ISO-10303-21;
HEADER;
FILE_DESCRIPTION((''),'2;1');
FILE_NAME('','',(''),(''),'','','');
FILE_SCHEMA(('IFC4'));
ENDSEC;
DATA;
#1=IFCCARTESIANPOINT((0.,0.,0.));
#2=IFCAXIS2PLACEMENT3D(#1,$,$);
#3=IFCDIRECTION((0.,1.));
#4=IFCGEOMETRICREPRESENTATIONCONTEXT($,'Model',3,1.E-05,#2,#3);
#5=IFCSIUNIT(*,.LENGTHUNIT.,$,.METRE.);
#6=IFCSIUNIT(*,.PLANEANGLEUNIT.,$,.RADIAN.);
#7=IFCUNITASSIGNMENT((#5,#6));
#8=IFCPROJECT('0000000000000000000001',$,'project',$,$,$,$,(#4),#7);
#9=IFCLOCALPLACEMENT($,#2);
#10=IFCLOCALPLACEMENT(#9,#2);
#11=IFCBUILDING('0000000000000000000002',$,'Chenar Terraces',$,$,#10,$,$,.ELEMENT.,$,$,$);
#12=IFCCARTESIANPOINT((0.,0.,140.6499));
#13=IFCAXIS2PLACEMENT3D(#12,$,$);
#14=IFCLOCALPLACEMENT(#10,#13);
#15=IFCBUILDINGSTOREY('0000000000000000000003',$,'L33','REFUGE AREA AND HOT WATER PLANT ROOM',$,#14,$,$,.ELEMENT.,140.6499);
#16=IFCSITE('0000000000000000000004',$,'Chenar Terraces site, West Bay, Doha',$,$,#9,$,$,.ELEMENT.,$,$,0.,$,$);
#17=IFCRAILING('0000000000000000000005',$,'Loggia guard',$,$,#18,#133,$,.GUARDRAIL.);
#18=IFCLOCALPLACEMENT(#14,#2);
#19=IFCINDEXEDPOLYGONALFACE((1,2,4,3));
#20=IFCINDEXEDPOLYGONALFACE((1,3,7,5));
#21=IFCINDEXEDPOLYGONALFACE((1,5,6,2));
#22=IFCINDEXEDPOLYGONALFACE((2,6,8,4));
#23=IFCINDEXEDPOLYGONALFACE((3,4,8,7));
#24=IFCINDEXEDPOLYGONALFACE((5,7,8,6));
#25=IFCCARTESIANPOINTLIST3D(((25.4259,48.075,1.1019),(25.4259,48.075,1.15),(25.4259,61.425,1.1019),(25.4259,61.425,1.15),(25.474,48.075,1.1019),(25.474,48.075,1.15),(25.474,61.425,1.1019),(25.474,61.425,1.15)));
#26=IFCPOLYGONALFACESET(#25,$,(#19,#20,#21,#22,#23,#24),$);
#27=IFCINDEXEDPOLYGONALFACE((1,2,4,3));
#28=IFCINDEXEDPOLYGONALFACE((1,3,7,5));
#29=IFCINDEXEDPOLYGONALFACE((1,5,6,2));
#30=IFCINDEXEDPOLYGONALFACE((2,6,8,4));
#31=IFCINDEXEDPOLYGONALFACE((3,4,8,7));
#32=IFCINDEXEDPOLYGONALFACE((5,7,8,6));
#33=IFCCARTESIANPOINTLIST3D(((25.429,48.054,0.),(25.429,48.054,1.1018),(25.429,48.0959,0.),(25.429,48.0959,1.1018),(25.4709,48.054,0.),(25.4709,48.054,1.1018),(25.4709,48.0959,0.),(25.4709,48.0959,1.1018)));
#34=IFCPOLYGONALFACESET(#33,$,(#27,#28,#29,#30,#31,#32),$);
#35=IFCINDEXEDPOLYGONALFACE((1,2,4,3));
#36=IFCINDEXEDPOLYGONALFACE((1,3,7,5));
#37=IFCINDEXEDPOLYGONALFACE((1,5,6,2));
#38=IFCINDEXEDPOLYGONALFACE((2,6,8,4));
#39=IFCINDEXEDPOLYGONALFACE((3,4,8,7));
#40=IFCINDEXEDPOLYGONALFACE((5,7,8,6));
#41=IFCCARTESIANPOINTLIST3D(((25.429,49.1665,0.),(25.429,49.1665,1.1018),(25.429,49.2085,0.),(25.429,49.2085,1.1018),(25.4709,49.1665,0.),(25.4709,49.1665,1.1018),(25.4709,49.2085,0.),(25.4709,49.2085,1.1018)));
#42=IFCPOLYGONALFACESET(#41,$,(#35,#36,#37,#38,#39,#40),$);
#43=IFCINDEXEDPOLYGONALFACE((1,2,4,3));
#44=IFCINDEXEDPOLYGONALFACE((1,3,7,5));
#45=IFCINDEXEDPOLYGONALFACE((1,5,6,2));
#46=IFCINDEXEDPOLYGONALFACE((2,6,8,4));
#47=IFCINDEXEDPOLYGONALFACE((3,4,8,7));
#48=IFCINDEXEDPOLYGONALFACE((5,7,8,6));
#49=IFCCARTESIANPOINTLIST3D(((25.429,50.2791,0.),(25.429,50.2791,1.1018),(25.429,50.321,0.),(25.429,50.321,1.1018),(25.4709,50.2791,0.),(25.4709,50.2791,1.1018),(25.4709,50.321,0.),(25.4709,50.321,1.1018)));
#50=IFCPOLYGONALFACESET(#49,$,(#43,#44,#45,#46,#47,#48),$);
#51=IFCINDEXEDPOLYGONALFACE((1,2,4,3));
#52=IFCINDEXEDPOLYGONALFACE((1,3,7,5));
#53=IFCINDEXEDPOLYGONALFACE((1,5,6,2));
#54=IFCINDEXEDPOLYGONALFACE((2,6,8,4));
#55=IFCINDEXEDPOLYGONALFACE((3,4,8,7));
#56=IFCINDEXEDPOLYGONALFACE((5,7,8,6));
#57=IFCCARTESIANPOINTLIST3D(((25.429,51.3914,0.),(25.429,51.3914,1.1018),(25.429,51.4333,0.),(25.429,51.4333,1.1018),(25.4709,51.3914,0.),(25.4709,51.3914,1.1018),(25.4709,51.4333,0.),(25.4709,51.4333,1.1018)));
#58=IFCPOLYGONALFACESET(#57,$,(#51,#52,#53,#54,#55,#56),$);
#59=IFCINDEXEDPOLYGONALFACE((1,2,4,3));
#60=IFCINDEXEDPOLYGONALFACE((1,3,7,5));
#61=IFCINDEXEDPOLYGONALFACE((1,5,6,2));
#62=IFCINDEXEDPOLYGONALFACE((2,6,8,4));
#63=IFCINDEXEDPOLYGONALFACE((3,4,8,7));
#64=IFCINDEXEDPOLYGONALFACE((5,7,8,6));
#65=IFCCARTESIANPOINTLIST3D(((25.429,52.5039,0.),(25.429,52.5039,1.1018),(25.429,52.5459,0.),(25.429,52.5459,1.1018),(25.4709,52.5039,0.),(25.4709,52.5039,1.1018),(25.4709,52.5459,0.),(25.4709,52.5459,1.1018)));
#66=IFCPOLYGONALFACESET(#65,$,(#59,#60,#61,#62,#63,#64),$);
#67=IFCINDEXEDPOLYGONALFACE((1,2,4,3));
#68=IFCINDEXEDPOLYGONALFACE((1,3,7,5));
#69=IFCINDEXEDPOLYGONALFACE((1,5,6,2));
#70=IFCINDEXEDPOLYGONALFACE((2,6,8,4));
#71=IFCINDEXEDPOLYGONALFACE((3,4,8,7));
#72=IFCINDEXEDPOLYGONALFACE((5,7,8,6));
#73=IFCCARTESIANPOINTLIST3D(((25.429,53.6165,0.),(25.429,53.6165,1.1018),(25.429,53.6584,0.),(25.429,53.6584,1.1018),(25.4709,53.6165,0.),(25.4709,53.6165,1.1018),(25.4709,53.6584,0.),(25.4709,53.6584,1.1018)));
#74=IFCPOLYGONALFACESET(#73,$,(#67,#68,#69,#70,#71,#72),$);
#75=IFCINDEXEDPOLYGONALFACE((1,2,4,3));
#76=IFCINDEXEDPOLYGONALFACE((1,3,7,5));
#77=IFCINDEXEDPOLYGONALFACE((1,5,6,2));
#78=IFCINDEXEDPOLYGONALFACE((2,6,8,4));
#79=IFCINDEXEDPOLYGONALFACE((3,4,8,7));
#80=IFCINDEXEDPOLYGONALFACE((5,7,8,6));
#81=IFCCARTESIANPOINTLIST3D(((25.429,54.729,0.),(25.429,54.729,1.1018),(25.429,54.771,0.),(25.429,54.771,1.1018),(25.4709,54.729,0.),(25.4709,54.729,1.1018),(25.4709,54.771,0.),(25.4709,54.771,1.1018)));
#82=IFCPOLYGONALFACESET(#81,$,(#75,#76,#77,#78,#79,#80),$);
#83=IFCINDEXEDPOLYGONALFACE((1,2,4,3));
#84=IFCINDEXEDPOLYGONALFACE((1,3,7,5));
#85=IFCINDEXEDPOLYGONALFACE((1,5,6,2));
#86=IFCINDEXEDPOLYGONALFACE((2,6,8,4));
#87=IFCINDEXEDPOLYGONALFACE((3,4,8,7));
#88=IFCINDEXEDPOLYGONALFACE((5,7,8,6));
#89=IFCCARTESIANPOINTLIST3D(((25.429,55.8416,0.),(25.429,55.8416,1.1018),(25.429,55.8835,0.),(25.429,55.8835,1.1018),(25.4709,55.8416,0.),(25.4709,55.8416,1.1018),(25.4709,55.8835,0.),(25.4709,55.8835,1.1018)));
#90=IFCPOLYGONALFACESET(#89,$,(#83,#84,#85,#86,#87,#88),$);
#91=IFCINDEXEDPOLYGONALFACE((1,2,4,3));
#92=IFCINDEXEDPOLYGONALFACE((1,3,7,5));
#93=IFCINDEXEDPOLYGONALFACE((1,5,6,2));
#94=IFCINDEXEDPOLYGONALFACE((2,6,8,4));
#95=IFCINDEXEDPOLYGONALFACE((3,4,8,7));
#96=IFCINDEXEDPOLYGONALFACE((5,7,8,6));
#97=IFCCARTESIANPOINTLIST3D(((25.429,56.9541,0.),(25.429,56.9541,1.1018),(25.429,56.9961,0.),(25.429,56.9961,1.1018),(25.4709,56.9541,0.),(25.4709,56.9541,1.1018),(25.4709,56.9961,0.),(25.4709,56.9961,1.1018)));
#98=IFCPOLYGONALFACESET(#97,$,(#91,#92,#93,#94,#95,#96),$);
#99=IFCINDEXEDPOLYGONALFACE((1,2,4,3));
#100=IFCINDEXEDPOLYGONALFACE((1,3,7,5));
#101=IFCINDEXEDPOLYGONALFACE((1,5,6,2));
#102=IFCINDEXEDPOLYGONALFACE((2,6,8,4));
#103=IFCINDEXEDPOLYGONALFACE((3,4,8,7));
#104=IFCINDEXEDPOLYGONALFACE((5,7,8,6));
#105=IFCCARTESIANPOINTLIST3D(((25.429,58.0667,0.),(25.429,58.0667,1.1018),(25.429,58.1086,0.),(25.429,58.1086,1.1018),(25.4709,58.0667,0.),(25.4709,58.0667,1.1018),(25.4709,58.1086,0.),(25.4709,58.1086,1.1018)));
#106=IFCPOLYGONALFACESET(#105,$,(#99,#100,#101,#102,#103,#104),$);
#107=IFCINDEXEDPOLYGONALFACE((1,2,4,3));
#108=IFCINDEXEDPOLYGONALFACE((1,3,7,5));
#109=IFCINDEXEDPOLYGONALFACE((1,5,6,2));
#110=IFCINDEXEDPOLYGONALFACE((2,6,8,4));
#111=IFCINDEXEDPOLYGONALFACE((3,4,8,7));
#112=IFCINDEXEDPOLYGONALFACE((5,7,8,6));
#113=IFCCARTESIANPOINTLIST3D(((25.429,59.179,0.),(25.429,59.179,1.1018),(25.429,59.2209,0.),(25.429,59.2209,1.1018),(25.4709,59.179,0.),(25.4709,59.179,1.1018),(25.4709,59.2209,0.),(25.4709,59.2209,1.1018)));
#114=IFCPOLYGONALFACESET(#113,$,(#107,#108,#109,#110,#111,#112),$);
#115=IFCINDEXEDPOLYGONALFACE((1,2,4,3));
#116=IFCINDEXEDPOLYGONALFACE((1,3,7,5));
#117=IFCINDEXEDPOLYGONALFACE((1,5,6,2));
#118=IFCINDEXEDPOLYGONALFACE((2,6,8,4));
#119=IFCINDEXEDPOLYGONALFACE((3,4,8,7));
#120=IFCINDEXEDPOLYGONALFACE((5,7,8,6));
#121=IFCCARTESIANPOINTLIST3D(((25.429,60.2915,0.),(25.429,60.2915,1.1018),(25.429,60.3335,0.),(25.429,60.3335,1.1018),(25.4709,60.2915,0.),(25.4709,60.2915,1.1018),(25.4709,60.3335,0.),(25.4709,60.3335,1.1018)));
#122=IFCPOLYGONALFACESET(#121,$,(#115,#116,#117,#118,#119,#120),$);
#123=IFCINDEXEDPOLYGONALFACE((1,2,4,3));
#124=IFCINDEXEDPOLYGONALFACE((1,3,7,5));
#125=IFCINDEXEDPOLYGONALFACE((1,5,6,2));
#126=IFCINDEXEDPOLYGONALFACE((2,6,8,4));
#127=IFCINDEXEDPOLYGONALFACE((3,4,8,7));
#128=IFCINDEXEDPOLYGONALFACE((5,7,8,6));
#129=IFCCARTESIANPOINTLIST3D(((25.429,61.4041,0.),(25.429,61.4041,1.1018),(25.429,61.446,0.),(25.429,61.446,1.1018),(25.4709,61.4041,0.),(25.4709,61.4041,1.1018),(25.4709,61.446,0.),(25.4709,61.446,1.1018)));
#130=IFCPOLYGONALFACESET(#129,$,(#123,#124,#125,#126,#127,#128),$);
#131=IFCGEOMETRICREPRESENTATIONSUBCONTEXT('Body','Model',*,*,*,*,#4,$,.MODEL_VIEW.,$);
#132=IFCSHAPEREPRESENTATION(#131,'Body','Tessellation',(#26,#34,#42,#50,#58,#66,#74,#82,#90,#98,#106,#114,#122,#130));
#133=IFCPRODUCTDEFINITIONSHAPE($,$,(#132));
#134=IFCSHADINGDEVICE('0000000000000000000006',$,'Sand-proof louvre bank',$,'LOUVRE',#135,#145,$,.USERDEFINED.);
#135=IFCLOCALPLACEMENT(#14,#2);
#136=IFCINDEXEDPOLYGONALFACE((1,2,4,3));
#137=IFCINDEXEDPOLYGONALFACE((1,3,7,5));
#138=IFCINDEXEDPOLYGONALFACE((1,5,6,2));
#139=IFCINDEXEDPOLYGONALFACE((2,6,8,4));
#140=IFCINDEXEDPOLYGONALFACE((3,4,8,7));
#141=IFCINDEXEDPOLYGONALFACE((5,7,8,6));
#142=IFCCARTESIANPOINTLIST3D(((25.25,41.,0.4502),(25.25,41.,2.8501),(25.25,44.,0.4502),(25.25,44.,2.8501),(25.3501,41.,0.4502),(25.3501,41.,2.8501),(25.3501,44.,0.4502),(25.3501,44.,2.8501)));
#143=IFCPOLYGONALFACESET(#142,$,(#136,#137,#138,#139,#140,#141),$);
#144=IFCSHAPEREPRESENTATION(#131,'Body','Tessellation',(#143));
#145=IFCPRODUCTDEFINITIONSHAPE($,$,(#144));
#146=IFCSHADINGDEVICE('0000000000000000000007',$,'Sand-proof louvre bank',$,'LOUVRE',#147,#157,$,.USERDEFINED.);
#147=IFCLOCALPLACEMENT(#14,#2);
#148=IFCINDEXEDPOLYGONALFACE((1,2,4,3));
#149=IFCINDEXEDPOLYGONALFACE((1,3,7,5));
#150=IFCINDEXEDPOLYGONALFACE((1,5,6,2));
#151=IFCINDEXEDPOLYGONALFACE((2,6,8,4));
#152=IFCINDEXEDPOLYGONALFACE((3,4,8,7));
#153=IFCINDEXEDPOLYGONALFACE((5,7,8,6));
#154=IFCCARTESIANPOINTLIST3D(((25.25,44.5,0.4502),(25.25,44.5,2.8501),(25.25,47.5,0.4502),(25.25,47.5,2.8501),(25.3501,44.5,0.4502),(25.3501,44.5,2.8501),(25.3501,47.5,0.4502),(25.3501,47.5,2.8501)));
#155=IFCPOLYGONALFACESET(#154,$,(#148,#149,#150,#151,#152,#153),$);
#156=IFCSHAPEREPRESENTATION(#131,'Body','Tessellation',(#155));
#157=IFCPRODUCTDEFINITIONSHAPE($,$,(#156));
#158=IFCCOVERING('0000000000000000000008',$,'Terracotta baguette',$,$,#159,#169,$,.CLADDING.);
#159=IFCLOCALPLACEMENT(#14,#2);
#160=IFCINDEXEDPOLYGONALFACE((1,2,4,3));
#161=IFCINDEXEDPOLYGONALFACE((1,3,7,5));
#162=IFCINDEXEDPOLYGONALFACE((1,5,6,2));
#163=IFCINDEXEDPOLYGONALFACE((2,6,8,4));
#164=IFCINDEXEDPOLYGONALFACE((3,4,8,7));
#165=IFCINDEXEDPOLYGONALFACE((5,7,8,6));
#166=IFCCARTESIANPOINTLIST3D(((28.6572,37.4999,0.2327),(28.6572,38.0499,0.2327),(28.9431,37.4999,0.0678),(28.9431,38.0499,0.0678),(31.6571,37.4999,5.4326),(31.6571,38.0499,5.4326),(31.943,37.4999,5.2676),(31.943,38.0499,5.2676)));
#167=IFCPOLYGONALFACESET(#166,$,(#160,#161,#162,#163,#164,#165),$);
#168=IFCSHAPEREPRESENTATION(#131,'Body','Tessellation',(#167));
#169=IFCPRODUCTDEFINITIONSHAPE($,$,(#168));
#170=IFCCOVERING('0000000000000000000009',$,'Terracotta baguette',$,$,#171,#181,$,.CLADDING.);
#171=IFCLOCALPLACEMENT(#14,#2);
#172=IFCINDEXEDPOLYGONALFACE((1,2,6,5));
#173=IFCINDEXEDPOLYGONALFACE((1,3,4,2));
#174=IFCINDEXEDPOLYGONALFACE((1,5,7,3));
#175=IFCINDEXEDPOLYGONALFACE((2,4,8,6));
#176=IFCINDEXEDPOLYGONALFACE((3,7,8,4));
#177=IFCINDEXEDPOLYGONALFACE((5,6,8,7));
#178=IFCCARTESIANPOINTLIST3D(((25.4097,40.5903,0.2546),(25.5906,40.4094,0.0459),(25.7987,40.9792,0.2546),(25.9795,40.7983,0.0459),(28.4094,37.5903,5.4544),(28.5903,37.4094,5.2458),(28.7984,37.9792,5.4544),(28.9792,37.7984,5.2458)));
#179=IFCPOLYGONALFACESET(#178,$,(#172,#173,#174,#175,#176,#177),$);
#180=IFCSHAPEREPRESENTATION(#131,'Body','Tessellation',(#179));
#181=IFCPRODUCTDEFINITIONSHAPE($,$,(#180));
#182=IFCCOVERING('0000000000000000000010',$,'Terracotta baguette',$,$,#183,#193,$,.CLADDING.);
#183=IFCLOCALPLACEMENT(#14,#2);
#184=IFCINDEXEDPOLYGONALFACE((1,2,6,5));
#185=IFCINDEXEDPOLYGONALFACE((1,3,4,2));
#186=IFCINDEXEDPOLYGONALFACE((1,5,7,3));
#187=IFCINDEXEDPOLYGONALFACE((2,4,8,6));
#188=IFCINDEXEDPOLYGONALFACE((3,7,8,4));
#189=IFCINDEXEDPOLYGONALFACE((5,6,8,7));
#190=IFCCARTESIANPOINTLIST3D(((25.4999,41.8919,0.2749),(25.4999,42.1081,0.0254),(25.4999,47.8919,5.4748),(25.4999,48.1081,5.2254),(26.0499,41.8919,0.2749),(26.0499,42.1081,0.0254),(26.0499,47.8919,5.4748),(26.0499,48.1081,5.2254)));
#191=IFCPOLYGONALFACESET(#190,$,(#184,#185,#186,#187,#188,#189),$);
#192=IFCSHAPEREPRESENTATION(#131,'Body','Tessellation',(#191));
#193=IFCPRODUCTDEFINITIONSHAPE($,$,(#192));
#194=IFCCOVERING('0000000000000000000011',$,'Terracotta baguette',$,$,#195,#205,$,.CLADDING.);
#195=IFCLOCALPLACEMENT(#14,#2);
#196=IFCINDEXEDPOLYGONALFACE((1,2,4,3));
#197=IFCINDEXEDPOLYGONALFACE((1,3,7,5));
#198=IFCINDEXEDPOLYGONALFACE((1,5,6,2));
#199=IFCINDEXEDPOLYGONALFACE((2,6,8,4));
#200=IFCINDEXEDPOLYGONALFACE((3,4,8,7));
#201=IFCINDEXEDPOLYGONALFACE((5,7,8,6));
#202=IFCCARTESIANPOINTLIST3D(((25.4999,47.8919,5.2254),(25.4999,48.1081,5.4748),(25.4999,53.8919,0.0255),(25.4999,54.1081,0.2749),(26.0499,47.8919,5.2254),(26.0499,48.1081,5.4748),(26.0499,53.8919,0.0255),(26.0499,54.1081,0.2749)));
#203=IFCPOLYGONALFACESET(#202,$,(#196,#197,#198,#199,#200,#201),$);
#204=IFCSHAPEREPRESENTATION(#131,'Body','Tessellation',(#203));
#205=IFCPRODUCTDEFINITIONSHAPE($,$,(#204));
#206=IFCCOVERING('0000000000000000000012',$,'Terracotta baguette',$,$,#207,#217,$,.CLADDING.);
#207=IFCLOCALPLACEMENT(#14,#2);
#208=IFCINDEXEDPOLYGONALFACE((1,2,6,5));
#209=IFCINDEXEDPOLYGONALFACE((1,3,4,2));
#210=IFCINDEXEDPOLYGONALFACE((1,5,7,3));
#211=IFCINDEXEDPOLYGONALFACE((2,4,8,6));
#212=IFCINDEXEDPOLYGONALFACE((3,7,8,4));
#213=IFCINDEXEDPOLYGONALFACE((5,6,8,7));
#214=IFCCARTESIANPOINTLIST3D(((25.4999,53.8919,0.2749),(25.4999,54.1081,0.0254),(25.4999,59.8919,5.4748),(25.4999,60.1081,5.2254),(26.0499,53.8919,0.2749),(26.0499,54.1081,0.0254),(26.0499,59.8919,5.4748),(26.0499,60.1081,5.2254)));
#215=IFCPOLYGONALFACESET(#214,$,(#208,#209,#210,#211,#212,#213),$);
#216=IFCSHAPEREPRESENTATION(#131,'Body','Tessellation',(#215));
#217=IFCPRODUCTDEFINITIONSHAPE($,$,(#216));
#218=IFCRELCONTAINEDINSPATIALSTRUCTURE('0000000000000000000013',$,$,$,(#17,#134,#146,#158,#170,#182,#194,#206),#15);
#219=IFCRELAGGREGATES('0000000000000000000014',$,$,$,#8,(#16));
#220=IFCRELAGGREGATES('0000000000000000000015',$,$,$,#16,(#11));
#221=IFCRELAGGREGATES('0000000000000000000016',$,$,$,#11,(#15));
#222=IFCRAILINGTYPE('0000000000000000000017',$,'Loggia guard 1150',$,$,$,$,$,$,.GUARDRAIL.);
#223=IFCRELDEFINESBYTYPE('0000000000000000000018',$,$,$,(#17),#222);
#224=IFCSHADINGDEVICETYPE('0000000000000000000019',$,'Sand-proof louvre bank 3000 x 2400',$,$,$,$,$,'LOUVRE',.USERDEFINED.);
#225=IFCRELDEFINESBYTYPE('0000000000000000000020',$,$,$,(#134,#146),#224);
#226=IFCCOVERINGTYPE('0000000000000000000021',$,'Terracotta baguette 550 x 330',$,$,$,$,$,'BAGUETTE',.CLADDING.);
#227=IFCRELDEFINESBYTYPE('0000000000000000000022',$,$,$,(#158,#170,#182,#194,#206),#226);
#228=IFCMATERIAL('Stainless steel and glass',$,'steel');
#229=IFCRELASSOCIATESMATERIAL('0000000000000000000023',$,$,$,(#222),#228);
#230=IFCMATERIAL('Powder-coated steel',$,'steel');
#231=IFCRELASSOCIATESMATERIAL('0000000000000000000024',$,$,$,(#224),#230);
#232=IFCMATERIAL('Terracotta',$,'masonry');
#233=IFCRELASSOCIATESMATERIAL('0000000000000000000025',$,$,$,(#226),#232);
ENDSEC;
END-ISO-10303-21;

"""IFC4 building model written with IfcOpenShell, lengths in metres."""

from ifc_helpers import new_model, si_unit, direction, frame, origin, origin_2d, place, context, subcontext, project, spatial, rectangle, extrude, material, material_profile, profile_set, type_object, element, save


model = new_model("IFC4")

# Units and contexts
model_context = context("Model", 3, precision=1e-05, world=origin(), true_north=direction((0.0, 1.0)))
body_context = subcontext(model_context, "Body", "Model", "MODEL_VIEW")
ifc_project = project(units=[si_unit("LENGTHUNIT", "METRE"), si_unit("PLANEANGLEUNIT", "RADIAN")], contexts=[model_context])

# Site, building, storey
site_placement = place(None, origin())
site = spatial("IfcSite", under=ifc_project, at=site_placement, Name="Chenar Terraces site, West Bay, Doha", CompositionType="ELEMENT", RefElevation=0.0)
building_placement = place(site_placement, origin())
building = spatial("IfcBuilding", under=site, at=building_placement, Name="Chenar Terraces", CompositionType="ELEMENT")
storey_placement = place(building_placement, frame((0.0, 0.0, 140.6499)))
storey = spatial("IfcBuildingStorey", under=building, at=storey_placement, Name="L33", Description="REFUGE AREA AND HOT WATER PLANT ROOM", CompositionType="ELEMENT", Elevation=140.6499)

# Railing
ifc_material_1 = material(Name="Stainless steel and glass", Category="steel")
railing_type = type_object("IfcRailingType", Name="Loggia guard 1150", PredefinedType="GUARDRAIL", material=ifc_material_1)
railing_placement = place(storey_placement, frame((25.45, 48.075, 0.0)))
element("IfcRailing", 1, at=railing_placement, inside=storey, type_object=railing_type, Name="Loggia guard", PredefinedType="GUARDRAIL", context=body_context, shape_type="SweptSolid", body=[
    extrude(rectangle(XDim=0.0481, YDim=0.0481, at=origin_2d()), frame((0.0, 0.0, 1.126), z_axis=(0.0, 1.0, 0.0), x_axis=(-1.0, 0.0, 0.0)), (0.0, 0.0, 1.0), 13.3501),
    extrude(rectangle(XDim=0.042, YDim=0.042, at=origin_2d()), origin(), (0.0, 0.0, 1.0), 1.1018),
    extrude(rectangle(XDim=0.042, YDim=0.042, at=origin_2d()), frame((0.0, 1.1125, 0.0)), (0.0, 0.0, 1.0), 1.1018),
    extrude(rectangle(XDim=0.042, YDim=0.042, at=origin_2d()), frame((0.0, 2.2251, 0.0)), (0.0, 0.0, 1.0), 1.1018),
    extrude(rectangle(XDim=0.042, YDim=0.042, at=origin_2d()), frame((0.0, 3.3374, 0.0)), (0.0, 0.0, 1.0), 1.1018),
    extrude(rectangle(XDim=0.042, YDim=0.042, at=origin_2d()), frame((0.0, 4.45, 0.0)), (0.0, 0.0, 1.0), 1.1018),
    extrude(rectangle(XDim=0.042, YDim=0.042, at=origin_2d()), frame((0.0, 5.5625, 0.0)), (0.0, 0.0, 1.0), 1.1018),
    extrude(rectangle(XDim=0.042, YDim=0.042, at=origin_2d()), frame((0.0, 6.675, 0.0)), (0.0, 0.0, 1.0), 1.1018),
    extrude(rectangle(XDim=0.042, YDim=0.042, at=origin_2d()), frame((0.0, 7.7876, 0.0)), (0.0, 0.0, 1.0), 1.1018),
    extrude(rectangle(XDim=0.042, YDim=0.042, at=origin_2d()), frame((0.0, 8.9001, 0.0)), (0.0, 0.0, 1.0), 1.1018),
    extrude(rectangle(XDim=0.042, YDim=0.042, at=origin_2d()), frame((0.0, 10.0127, 0.0)), (0.0, 0.0, 1.0), 1.1018),
    extrude(rectangle(XDim=0.042, YDim=0.042, at=origin_2d()), frame((0.0, 11.125, 0.0)), (0.0, 0.0, 1.0), 1.1018),
    extrude(rectangle(XDim=0.042, YDim=0.042, at=origin_2d()), frame((0.0, 12.2375, 0.0)), (0.0, 0.0, 1.0), 1.1018),
    extrude(rectangle(XDim=0.042, YDim=0.042, at=origin_2d()), frame((0.0, 13.3501, 0.0)), (0.0, 0.0, 1.0), 1.1018),
])

# Shading devices
ifc_material_2 = material(Name="Powder-coated steel", Category="steel")
shading_device_type = type_object("IfcShadingDeviceType", Name="Sand-proof louvre bank 3000 x 2400", ElementType="LOUVRE", PredefinedType="USERDEFINED", material=ifc_material_2)
for number, where, z_axis, x_axis, name in (
    (2, (25.3, 42.5, 0.4502), (0.0, 0.0, 1.0), (0.0, 1.0, 0.0), "Sand-proof louvre bank"),
    (3, (25.3, 46.0, 0.4502), (0.0, 0.0, 1.0), (0.0, 1.0, 0.0), "Sand-proof louvre bank"),
):
    element("IfcShadingDevice", number, at=place(storey_placement, frame(where, z_axis=z_axis, x_axis=x_axis)), inside=storey, type_object=shading_device_type, Name=name, ObjectType="LOUVRE", PredefinedType="USERDEFINED", context=body_context, shape_type="SweptSolid", body=[
        extrude(rectangle(XDim=3.0, YDim=0.1001, at=origin_2d()), origin(), (0.0, 0.0, 1.0), 2.3999),
    ])

# Coverings
ifc_material_3 = material(Name="Terracotta", Category="masonry")
ifc_material_profile_1 = material_profile(ifc_material_3, rectangle(XDim=0.55, YDim=0.3301, at=origin_2d()), Name="Terracotta baguette 550 x 330")
ifc_profile_set_1 = profile_set([ifc_material_profile_1], Name="Terracotta")
covering_type = type_object("IfcCoveringType", Name="Terracotta baguette 550 x 330", ElementType="BAGUETTE", PredefinedType="CLADDING", material=ifc_profile_set_1)
covering_1_placement = place(storey_placement, frame((31.8, 37.7749, 5.3501), z_axis=(-0.499726, 0.0, -0.866184), x_axis=(0.0, -1.0, 0.0)))
element("IfcCovering", 4, at=covering_1_placement, inside=storey, type_object=covering_type, Name="Terracotta baguette", PredefinedType="CLADDING", context=body_context, shape_type="SweptSolid", body=[
    extrude(rectangle(XDim=0.55, YDim=0.3301, at=origin_2d()), origin(), (0.0, 0.0, 1.0), 6.0032),
])
covering_2_placement = place(storey_placement, frame((28.6943, 37.6943, 5.3501), z_axis=(-0.446988, 0.447025, -0.774836), x_axis=(-0.707136, -0.707078, 0.0)))
element("IfcCovering", 5, at=covering_2_placement, inside=storey, type_object=covering_type, Name="Terracotta baguette", PredefinedType="CLADDING", context=body_context, shape_type="SweptSolid", body=[
    extrude(rectangle(XDim=0.55, YDim=0.3301, at=origin_2d()), origin(), (0.0, 0.0, 1.0), 6.7109),
])
for number, where, z_axis, x_axis, name in (
    (6, (25.7749, 42.0, 0.1501), (0.0, 0.755692, 0.654927), (-1.0, 0.0, 0.0), "Terracotta baguette"),
    (7, (25.7749, 48.0, 5.3501), (0.0, 0.755692, -0.654927), (-1.0, 0.0, 0.0), "Terracotta baguette"),
    (8, (25.7749, 54.0, 0.1501), (0.0, 0.755692, 0.654927), (-1.0, 0.0, 0.0), "Terracotta baguette"),
):
    element("IfcCovering", number, at=place(storey_placement, frame(where, z_axis=z_axis, x_axis=x_axis)), inside=storey, type_object=covering_type, Name=name, PredefinedType="CLADDING", context=body_context, shape_type="SweptSolid", body=[
        extrude(rectangle(XDim=0.55, YDim=0.3301, at=origin_2d()), origin(), (0.0, 0.0, 1.0), 7.9397),
    ])

save(model, "model.ifc")
